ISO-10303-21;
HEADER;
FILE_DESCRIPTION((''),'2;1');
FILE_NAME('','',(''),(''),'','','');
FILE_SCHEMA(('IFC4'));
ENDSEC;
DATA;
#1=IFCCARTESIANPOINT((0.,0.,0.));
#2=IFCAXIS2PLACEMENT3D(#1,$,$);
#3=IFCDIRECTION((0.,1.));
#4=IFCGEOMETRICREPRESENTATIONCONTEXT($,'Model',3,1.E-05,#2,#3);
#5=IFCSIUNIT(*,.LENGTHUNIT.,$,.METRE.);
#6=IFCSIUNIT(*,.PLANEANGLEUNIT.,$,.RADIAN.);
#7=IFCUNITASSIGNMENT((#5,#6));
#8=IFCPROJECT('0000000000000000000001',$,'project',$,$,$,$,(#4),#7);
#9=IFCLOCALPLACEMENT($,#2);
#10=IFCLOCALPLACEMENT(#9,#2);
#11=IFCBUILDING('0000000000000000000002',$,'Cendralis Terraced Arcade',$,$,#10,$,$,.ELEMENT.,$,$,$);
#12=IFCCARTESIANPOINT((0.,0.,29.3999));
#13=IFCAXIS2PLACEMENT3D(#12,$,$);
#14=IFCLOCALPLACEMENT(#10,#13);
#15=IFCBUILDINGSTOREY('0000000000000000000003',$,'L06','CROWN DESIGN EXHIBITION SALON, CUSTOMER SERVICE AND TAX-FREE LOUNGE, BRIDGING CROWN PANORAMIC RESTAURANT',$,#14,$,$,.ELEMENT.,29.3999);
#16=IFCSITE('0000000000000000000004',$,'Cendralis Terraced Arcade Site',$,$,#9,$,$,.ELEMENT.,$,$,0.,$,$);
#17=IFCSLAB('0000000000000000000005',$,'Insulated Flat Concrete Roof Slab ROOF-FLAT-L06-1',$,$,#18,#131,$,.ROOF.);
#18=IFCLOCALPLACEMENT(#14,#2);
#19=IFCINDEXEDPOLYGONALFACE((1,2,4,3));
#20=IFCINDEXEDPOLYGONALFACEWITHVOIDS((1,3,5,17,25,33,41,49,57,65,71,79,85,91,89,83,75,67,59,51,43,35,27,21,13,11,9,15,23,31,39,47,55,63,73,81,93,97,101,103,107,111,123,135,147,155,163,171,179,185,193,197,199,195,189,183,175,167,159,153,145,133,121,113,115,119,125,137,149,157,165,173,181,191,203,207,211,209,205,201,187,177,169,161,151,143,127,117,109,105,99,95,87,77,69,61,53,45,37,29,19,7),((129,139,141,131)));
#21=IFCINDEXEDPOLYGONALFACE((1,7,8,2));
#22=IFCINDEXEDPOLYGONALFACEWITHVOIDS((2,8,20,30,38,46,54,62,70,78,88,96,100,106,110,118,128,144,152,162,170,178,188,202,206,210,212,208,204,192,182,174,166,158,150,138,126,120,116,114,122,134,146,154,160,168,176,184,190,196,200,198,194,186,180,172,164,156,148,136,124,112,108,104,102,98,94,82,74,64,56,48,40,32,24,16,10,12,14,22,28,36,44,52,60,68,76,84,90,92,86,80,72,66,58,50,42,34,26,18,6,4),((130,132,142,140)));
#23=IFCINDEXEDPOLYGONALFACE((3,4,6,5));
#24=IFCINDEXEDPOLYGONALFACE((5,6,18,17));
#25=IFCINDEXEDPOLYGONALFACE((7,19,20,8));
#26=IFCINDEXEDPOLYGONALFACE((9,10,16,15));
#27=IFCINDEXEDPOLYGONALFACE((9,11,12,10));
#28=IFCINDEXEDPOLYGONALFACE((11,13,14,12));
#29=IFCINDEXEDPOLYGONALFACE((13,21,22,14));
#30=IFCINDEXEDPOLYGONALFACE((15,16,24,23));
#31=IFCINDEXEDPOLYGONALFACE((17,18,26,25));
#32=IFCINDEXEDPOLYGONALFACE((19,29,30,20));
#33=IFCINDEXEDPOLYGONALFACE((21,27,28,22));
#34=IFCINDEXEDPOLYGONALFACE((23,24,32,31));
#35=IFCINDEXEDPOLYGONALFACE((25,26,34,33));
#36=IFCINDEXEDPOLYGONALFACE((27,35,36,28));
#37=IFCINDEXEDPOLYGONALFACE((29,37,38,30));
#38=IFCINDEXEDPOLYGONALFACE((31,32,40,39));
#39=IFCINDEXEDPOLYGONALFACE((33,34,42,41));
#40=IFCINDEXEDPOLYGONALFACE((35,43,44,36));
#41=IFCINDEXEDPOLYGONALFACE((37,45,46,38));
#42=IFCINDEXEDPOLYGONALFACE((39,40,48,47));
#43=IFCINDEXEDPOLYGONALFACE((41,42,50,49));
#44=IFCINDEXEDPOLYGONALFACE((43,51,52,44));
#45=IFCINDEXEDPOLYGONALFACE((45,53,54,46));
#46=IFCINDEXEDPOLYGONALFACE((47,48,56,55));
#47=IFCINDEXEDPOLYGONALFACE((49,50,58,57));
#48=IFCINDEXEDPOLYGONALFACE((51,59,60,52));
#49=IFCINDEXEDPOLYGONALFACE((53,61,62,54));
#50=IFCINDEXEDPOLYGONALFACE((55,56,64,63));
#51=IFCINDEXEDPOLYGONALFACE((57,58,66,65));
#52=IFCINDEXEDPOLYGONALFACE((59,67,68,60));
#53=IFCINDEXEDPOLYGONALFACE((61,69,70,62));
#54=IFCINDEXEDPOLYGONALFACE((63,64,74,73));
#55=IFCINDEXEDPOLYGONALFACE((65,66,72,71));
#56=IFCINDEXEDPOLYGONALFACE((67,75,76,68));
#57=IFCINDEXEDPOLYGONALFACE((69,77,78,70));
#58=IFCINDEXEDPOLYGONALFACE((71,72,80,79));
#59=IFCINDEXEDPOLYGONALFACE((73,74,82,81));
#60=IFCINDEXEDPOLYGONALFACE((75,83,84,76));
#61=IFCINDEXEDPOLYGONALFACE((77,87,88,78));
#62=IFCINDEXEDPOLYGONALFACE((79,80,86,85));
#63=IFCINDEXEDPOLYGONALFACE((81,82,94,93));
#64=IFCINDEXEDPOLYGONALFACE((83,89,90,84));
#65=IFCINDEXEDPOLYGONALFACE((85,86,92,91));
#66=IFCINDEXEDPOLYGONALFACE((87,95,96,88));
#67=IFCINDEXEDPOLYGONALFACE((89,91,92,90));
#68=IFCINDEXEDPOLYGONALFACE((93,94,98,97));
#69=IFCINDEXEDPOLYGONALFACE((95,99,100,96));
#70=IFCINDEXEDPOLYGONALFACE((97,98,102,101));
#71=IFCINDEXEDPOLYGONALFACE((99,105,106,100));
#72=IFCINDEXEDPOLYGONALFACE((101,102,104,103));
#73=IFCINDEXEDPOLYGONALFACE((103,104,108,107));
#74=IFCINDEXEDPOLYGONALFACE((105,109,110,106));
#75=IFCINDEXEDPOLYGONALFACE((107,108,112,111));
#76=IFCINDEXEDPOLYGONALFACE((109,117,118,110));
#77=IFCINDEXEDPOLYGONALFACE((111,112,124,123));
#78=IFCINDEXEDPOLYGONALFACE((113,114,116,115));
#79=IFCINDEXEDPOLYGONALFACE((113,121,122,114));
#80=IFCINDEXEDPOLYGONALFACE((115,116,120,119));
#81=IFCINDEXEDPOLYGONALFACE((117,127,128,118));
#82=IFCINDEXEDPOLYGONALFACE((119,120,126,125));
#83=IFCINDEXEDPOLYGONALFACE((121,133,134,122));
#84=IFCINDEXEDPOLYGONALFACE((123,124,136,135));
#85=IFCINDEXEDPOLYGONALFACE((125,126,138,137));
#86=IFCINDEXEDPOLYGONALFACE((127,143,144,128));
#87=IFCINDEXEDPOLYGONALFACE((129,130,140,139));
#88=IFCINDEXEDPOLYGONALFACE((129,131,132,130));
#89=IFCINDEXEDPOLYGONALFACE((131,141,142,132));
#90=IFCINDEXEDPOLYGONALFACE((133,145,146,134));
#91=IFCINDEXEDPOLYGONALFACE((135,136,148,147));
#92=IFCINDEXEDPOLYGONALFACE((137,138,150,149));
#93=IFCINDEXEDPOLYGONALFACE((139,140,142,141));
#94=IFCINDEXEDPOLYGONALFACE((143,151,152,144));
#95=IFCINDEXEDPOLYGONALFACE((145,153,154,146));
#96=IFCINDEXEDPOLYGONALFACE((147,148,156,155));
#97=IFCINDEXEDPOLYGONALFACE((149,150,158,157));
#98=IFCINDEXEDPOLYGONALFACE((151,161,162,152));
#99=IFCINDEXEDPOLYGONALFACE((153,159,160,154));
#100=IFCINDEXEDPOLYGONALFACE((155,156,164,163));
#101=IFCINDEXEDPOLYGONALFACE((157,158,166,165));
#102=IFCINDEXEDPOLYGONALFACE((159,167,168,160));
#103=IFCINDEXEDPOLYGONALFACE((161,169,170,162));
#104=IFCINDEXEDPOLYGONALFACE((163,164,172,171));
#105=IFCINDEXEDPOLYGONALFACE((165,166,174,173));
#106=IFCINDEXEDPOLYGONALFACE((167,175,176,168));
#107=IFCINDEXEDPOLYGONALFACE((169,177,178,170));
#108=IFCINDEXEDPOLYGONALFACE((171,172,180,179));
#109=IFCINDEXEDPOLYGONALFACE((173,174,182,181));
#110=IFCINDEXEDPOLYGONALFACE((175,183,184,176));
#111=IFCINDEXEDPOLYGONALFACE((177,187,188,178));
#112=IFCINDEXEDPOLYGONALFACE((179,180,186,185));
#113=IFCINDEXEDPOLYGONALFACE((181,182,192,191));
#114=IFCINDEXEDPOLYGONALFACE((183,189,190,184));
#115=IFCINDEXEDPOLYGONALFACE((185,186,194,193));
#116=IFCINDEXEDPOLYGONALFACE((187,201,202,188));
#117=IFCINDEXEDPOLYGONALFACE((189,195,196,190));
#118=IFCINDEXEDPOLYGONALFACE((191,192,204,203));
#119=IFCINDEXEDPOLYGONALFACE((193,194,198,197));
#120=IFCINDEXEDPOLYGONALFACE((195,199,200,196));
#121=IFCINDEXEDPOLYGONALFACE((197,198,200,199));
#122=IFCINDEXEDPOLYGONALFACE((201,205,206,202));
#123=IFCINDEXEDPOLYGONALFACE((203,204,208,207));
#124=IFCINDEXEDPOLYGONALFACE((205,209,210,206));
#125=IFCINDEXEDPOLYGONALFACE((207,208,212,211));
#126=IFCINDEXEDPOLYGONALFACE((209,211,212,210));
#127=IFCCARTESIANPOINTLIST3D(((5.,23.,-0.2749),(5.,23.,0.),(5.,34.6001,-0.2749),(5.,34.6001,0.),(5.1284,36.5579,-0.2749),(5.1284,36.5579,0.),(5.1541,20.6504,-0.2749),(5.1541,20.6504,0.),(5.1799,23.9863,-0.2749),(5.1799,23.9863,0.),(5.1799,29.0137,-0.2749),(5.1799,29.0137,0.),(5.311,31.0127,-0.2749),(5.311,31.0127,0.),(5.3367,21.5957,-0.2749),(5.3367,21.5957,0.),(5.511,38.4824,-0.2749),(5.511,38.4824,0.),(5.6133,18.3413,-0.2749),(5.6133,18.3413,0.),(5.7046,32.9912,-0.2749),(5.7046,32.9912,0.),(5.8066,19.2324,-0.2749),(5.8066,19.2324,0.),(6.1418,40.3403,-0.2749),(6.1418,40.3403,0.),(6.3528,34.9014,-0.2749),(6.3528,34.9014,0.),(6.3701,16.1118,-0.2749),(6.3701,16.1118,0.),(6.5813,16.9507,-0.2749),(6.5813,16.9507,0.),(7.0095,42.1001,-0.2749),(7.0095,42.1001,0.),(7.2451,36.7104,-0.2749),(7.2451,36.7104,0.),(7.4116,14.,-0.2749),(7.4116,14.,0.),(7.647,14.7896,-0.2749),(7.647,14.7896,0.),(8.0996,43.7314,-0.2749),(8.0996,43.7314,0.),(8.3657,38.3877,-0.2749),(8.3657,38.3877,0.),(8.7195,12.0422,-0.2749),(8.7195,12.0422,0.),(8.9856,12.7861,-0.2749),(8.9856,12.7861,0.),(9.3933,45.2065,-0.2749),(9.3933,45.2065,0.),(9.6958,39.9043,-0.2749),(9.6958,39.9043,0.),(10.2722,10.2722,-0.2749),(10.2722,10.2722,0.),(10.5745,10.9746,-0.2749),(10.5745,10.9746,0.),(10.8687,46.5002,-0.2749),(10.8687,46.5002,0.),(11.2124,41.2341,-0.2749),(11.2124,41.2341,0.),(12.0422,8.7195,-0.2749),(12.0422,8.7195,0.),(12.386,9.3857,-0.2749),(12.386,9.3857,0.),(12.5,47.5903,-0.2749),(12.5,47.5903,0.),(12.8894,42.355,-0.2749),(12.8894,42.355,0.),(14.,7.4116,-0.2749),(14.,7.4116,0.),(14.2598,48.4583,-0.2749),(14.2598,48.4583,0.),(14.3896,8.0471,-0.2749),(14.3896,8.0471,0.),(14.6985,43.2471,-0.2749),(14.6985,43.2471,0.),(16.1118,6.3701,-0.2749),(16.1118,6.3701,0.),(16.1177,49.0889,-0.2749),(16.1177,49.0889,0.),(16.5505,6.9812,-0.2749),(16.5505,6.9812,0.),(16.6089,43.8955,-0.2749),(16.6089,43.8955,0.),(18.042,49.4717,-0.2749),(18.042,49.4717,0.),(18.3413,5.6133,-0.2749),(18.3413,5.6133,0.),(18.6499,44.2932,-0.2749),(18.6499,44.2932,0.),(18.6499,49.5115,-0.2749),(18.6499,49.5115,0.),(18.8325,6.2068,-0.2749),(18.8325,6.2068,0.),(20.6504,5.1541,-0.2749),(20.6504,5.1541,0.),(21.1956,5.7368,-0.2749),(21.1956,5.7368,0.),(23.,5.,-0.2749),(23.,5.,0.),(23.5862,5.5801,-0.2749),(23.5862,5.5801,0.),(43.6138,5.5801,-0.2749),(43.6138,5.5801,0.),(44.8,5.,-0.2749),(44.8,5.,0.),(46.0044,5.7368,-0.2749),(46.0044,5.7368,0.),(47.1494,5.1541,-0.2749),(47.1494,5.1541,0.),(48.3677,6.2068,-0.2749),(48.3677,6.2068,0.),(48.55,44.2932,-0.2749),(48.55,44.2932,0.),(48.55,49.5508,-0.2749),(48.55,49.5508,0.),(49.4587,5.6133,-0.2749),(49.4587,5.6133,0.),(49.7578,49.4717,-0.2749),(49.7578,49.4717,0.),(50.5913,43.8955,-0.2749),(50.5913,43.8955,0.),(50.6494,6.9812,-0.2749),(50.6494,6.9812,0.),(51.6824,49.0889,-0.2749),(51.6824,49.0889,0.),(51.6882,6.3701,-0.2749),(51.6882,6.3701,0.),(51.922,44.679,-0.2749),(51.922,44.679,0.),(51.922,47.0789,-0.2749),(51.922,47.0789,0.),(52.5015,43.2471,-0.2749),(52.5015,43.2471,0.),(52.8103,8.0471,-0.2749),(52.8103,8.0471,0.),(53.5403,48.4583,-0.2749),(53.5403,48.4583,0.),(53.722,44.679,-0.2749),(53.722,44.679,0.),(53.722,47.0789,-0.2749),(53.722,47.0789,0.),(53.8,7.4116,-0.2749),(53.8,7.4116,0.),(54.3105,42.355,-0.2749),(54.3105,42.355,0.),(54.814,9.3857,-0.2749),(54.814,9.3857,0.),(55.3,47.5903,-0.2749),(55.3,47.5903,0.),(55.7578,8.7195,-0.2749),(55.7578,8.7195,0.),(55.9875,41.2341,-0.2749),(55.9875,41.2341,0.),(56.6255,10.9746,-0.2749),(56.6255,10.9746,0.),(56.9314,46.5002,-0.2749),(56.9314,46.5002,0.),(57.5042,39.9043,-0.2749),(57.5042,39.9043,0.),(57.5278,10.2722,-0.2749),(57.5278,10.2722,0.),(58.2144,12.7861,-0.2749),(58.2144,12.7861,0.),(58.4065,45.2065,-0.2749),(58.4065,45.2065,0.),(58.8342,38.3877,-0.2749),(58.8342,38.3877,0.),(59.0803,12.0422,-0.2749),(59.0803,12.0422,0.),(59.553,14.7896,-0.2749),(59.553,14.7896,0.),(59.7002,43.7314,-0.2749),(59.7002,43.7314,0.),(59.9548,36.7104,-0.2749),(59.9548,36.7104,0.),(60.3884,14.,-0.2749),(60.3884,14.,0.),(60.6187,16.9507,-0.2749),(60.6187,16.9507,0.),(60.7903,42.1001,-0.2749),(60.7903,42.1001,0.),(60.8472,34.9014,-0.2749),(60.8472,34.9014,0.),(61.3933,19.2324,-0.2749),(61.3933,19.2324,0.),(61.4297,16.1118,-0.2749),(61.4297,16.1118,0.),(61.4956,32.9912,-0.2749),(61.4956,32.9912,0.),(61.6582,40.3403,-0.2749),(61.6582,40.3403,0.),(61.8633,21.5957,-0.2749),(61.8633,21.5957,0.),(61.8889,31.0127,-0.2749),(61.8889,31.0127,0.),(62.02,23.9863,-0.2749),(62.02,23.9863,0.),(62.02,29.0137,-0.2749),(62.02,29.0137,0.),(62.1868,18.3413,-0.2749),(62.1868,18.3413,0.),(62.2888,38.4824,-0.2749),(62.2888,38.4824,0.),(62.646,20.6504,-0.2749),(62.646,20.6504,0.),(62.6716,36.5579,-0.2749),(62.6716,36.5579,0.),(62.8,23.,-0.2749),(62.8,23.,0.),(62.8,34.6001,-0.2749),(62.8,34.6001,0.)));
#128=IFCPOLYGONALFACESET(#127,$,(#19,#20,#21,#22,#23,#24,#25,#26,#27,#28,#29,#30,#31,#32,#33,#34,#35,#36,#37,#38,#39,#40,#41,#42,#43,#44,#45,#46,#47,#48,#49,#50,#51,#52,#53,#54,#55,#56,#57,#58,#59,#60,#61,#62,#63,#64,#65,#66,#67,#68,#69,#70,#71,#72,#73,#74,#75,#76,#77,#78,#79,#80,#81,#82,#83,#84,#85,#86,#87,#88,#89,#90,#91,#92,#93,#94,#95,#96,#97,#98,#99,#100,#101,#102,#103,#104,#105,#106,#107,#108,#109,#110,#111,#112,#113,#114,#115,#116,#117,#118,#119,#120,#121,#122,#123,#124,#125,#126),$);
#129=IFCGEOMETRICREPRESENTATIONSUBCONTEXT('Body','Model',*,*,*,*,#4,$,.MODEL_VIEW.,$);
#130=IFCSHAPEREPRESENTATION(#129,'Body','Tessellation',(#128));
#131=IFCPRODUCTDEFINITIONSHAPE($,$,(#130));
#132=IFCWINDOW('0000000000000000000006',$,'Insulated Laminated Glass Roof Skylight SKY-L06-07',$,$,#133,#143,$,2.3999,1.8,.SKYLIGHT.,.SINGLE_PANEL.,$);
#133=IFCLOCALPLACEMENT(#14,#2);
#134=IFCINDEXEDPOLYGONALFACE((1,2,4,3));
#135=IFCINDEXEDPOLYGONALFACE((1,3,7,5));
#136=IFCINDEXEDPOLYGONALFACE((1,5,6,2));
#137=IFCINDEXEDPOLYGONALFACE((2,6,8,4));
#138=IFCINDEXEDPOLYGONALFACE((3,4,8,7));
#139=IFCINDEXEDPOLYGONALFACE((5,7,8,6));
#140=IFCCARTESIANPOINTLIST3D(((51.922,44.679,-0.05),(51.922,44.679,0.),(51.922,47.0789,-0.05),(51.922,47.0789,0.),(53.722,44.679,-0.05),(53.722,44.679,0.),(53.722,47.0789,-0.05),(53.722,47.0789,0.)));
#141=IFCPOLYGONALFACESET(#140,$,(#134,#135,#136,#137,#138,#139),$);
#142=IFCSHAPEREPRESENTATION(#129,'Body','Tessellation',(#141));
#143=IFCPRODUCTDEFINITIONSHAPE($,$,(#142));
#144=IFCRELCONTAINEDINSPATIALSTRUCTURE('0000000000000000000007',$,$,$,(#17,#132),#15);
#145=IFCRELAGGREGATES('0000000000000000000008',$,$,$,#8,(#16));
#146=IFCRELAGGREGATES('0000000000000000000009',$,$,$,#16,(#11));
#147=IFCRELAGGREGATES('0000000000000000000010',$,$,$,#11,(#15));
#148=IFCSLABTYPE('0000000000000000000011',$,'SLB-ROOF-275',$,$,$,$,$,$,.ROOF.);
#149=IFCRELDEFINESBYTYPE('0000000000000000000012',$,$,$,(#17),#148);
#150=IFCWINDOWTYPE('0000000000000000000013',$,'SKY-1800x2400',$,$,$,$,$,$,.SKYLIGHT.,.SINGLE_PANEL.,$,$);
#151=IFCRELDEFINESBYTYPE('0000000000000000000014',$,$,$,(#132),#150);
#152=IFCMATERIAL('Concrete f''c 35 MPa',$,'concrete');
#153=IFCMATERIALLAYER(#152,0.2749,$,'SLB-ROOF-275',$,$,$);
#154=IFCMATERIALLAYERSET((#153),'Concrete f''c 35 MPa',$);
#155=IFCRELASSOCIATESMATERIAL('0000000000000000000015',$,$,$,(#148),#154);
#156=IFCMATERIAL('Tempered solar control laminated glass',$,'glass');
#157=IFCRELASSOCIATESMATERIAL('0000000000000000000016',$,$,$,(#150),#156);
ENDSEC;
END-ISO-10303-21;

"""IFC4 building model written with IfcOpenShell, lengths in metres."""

from ifc_helpers import new_model, si_unit, direction, frame, origin, origin_2d, place, context, subcontext, project, spatial, polyline, rectangle, outline, extrude, material, layer, layer_set, type_object, element, fill, save


model = new_model("IFC4")

# Units and contexts
model_context = context("Model", 3, precision=1e-05, world=origin(), true_north=direction((0.0, 1.0)))
body_context = subcontext(model_context, "Body", "Model", "MODEL_VIEW")
ifc_project = project(units=[si_unit("LENGTHUNIT", "METRE"), si_unit("PLANEANGLEUNIT", "RADIAN")], contexts=[model_context])

# Site, building, storey
site_placement = place(None, origin())
site = spatial("IfcSite", under=ifc_project, at=site_placement, Name="Cendralis Terraced Arcade Site", CompositionType="ELEMENT", RefElevation=0.0)
building_placement = place(site_placement, origin())
building = spatial("IfcBuilding", under=site, at=building_placement, Name="Cendralis Terraced Arcade", CompositionType="ELEMENT")
storey_placement = place(building_placement, frame((0.0, 0.0, 29.3999)))
storey = spatial("IfcBuildingStorey", under=building, at=storey_placement, Name="L06", Description="CROWN DESIGN EXHIBITION SALON, CUSTOMER SERVICE AND TAX-FREE LOUNGE, BRIDGING CROWN PANORAMIC RESTAURANT", CompositionType="ELEMENT", Elevation=29.3999)

# Shared definitions
ifc_material_1 = material(Name="Tempered solar control laminated glass", Category="glass")

# Shared definitions
ifc_material_2 = material(Name="Concrete f'c 35 MPa", Category="concrete")

# Slab, opening, window
ifc_layer_1 = layer(ifc_material_2, 0.2749, Name="SLB-ROOF-275")
ifc_layer_set_1 = layer_set([ifc_layer_1], Name="Concrete f'c 35 MPa")
slab_type_1 = type_object("IfcSlabType", Name="SLB-ROOF-275", PredefinedType="ROOF", material=ifc_layer_set_1)
slab_1_placement = place(storey_placement, frame((0.0, 0.0, -0.2749)))
slab_1 = element("IfcSlab", 1, at=slab_1_placement, inside=storey, type_object=slab_type_1, Name="Insulated Flat Concrete Roof Slab ROOF-FLAT-L06-1", PredefinedType="ROOF", context=body_context, shape_type="SweptSolid", body=[
    extrude(outline(polyline([(5.511, 38.4824), (6.1418, 40.3403), (7.0095, 42.1001), (8.0996, 43.7314), (9.3933, 45.2065), (10.8687, 46.5002), (12.5, 47.5903), (14.2598, 48.4583), (16.1177, 49.0889), (18.042, 49.4717), (18.6499, 49.5115), (18.6499, 44.2932), (16.6089, 43.8955), (14.6985, 43.2471), (12.8894, 42.355), (11.2124, 41.2341), (9.6958, 39.9043), (8.3657, 38.3877), (7.2451, 36.7104), (6.3528, 34.9014), (5.7046, 32.9912), (5.311, 31.0127), (5.1799, 29.0137), (5.1799, 23.9863), (5.3367, 21.5957), (5.8066, 19.2324), (6.5813, 16.9507), (7.647, 14.7896), (8.9856, 12.7861), (10.5745, 10.9746), (12.386, 9.3857), (14.3896, 8.0471), (16.5505, 6.9812), (18.8325, 6.2068), (21.1956, 5.7368), (23.5862, 5.5801), (43.6138, 5.5801), (46.0044, 5.7368), (48.3677, 6.2068), (50.6494, 6.9812), (52.8103, 8.0471), (54.814, 9.3857), (56.6255, 10.9746), (58.2144, 12.7861), (59.553, 14.7896), (60.6187, 16.9507), (61.3933, 19.2324), (61.8633, 21.5957), (62.02, 23.9863), (62.02, 29.0137), (61.8889, 31.0127), (61.4956, 32.9912), (60.8472, 34.9014), (59.9548, 36.7104), (58.8342, 38.3877), (57.5042, 39.9043), (55.9875, 41.2341), (54.3105, 42.355), (52.5015, 43.2471), (50.5913, 43.8955), (48.55, 44.2932), (48.55, 49.5508), (49.7578, 49.4717), (51.6824, 49.0889), (53.5403, 48.4583), (55.3, 47.5903), (56.9314, 46.5002), (58.4065, 45.2065), (59.7002, 43.7314), (60.7903, 42.1001), (61.6582, 40.3403), (62.2888, 38.4824), (62.6716, 36.5579), (62.8, 34.6001), (62.8, 23.0), (62.646, 20.6504), (62.1868, 18.3413), (61.4297, 16.1118), (60.3884, 14.0), (59.0803, 12.0422), (57.5278, 10.2722), (55.7578, 8.7195), (53.8, 7.4116), (51.6882, 6.3701), (49.4587, 5.6133), (47.1494, 5.1541), (44.8, 5.0), (23.0, 5.0), (20.6504, 5.1541), (18.3413, 5.6133), (16.1118, 6.3701), (14.0, 7.4116), (12.0422, 8.7195), (10.2722, 10.2722), (8.7195, 12.0422), (7.4116, 14.0), (6.3701, 16.1118), (5.6133, 18.3413), (5.1541, 20.6504), (5.0, 23.0), (5.0, 34.6001), (5.1284, 36.5579), (5.511, 38.4824)])), origin(), (0.0, 0.0, 1.0), 0.2749),
])
opening_1_placement = place(slab_1_placement, frame((52.822, 45.8789, 0.0)))
opening_1 = element("IfcOpeningElement", 2, at=opening_1_placement, cuts=slab_1, PredefinedType="OPENING", context=body_context, shape_type="SweptSolid", body=[
    extrude(rectangle(XDim=1.8, YDim=2.3999, at=origin_2d()), frame((0.0, 0.0, -0.012)), (0.0, 0.0, 1.0), 0.2988),
])
window_type_1 = type_object("IfcWindowType", Name="SKY-1800x2400", PartitioningType="SINGLE_PANEL", PredefinedType="SKYLIGHT", material=ifc_material_1)
window_1_placement = place(opening_1_placement, frame((0.0, 0.0, 0.2249)))
window_1 = element("IfcWindow", 3, at=window_1_placement, inside=storey, type_object=window_type_1, Name="Insulated Laminated Glass Roof Skylight SKY-L06-07", OverallHeight=2.3999, OverallWidth=1.8, PartitioningType="SINGLE_PANEL", PredefinedType="SKYLIGHT", context=body_context, shape_type="SweptSolid", body=[
    extrude(rectangle(XDim=1.8, YDim=2.3999, at=origin_2d()), origin(), (0.0, 0.0, 1.0), 0.05),
])
fill(opening_1, window_1)

save(model, "model.ifc")
